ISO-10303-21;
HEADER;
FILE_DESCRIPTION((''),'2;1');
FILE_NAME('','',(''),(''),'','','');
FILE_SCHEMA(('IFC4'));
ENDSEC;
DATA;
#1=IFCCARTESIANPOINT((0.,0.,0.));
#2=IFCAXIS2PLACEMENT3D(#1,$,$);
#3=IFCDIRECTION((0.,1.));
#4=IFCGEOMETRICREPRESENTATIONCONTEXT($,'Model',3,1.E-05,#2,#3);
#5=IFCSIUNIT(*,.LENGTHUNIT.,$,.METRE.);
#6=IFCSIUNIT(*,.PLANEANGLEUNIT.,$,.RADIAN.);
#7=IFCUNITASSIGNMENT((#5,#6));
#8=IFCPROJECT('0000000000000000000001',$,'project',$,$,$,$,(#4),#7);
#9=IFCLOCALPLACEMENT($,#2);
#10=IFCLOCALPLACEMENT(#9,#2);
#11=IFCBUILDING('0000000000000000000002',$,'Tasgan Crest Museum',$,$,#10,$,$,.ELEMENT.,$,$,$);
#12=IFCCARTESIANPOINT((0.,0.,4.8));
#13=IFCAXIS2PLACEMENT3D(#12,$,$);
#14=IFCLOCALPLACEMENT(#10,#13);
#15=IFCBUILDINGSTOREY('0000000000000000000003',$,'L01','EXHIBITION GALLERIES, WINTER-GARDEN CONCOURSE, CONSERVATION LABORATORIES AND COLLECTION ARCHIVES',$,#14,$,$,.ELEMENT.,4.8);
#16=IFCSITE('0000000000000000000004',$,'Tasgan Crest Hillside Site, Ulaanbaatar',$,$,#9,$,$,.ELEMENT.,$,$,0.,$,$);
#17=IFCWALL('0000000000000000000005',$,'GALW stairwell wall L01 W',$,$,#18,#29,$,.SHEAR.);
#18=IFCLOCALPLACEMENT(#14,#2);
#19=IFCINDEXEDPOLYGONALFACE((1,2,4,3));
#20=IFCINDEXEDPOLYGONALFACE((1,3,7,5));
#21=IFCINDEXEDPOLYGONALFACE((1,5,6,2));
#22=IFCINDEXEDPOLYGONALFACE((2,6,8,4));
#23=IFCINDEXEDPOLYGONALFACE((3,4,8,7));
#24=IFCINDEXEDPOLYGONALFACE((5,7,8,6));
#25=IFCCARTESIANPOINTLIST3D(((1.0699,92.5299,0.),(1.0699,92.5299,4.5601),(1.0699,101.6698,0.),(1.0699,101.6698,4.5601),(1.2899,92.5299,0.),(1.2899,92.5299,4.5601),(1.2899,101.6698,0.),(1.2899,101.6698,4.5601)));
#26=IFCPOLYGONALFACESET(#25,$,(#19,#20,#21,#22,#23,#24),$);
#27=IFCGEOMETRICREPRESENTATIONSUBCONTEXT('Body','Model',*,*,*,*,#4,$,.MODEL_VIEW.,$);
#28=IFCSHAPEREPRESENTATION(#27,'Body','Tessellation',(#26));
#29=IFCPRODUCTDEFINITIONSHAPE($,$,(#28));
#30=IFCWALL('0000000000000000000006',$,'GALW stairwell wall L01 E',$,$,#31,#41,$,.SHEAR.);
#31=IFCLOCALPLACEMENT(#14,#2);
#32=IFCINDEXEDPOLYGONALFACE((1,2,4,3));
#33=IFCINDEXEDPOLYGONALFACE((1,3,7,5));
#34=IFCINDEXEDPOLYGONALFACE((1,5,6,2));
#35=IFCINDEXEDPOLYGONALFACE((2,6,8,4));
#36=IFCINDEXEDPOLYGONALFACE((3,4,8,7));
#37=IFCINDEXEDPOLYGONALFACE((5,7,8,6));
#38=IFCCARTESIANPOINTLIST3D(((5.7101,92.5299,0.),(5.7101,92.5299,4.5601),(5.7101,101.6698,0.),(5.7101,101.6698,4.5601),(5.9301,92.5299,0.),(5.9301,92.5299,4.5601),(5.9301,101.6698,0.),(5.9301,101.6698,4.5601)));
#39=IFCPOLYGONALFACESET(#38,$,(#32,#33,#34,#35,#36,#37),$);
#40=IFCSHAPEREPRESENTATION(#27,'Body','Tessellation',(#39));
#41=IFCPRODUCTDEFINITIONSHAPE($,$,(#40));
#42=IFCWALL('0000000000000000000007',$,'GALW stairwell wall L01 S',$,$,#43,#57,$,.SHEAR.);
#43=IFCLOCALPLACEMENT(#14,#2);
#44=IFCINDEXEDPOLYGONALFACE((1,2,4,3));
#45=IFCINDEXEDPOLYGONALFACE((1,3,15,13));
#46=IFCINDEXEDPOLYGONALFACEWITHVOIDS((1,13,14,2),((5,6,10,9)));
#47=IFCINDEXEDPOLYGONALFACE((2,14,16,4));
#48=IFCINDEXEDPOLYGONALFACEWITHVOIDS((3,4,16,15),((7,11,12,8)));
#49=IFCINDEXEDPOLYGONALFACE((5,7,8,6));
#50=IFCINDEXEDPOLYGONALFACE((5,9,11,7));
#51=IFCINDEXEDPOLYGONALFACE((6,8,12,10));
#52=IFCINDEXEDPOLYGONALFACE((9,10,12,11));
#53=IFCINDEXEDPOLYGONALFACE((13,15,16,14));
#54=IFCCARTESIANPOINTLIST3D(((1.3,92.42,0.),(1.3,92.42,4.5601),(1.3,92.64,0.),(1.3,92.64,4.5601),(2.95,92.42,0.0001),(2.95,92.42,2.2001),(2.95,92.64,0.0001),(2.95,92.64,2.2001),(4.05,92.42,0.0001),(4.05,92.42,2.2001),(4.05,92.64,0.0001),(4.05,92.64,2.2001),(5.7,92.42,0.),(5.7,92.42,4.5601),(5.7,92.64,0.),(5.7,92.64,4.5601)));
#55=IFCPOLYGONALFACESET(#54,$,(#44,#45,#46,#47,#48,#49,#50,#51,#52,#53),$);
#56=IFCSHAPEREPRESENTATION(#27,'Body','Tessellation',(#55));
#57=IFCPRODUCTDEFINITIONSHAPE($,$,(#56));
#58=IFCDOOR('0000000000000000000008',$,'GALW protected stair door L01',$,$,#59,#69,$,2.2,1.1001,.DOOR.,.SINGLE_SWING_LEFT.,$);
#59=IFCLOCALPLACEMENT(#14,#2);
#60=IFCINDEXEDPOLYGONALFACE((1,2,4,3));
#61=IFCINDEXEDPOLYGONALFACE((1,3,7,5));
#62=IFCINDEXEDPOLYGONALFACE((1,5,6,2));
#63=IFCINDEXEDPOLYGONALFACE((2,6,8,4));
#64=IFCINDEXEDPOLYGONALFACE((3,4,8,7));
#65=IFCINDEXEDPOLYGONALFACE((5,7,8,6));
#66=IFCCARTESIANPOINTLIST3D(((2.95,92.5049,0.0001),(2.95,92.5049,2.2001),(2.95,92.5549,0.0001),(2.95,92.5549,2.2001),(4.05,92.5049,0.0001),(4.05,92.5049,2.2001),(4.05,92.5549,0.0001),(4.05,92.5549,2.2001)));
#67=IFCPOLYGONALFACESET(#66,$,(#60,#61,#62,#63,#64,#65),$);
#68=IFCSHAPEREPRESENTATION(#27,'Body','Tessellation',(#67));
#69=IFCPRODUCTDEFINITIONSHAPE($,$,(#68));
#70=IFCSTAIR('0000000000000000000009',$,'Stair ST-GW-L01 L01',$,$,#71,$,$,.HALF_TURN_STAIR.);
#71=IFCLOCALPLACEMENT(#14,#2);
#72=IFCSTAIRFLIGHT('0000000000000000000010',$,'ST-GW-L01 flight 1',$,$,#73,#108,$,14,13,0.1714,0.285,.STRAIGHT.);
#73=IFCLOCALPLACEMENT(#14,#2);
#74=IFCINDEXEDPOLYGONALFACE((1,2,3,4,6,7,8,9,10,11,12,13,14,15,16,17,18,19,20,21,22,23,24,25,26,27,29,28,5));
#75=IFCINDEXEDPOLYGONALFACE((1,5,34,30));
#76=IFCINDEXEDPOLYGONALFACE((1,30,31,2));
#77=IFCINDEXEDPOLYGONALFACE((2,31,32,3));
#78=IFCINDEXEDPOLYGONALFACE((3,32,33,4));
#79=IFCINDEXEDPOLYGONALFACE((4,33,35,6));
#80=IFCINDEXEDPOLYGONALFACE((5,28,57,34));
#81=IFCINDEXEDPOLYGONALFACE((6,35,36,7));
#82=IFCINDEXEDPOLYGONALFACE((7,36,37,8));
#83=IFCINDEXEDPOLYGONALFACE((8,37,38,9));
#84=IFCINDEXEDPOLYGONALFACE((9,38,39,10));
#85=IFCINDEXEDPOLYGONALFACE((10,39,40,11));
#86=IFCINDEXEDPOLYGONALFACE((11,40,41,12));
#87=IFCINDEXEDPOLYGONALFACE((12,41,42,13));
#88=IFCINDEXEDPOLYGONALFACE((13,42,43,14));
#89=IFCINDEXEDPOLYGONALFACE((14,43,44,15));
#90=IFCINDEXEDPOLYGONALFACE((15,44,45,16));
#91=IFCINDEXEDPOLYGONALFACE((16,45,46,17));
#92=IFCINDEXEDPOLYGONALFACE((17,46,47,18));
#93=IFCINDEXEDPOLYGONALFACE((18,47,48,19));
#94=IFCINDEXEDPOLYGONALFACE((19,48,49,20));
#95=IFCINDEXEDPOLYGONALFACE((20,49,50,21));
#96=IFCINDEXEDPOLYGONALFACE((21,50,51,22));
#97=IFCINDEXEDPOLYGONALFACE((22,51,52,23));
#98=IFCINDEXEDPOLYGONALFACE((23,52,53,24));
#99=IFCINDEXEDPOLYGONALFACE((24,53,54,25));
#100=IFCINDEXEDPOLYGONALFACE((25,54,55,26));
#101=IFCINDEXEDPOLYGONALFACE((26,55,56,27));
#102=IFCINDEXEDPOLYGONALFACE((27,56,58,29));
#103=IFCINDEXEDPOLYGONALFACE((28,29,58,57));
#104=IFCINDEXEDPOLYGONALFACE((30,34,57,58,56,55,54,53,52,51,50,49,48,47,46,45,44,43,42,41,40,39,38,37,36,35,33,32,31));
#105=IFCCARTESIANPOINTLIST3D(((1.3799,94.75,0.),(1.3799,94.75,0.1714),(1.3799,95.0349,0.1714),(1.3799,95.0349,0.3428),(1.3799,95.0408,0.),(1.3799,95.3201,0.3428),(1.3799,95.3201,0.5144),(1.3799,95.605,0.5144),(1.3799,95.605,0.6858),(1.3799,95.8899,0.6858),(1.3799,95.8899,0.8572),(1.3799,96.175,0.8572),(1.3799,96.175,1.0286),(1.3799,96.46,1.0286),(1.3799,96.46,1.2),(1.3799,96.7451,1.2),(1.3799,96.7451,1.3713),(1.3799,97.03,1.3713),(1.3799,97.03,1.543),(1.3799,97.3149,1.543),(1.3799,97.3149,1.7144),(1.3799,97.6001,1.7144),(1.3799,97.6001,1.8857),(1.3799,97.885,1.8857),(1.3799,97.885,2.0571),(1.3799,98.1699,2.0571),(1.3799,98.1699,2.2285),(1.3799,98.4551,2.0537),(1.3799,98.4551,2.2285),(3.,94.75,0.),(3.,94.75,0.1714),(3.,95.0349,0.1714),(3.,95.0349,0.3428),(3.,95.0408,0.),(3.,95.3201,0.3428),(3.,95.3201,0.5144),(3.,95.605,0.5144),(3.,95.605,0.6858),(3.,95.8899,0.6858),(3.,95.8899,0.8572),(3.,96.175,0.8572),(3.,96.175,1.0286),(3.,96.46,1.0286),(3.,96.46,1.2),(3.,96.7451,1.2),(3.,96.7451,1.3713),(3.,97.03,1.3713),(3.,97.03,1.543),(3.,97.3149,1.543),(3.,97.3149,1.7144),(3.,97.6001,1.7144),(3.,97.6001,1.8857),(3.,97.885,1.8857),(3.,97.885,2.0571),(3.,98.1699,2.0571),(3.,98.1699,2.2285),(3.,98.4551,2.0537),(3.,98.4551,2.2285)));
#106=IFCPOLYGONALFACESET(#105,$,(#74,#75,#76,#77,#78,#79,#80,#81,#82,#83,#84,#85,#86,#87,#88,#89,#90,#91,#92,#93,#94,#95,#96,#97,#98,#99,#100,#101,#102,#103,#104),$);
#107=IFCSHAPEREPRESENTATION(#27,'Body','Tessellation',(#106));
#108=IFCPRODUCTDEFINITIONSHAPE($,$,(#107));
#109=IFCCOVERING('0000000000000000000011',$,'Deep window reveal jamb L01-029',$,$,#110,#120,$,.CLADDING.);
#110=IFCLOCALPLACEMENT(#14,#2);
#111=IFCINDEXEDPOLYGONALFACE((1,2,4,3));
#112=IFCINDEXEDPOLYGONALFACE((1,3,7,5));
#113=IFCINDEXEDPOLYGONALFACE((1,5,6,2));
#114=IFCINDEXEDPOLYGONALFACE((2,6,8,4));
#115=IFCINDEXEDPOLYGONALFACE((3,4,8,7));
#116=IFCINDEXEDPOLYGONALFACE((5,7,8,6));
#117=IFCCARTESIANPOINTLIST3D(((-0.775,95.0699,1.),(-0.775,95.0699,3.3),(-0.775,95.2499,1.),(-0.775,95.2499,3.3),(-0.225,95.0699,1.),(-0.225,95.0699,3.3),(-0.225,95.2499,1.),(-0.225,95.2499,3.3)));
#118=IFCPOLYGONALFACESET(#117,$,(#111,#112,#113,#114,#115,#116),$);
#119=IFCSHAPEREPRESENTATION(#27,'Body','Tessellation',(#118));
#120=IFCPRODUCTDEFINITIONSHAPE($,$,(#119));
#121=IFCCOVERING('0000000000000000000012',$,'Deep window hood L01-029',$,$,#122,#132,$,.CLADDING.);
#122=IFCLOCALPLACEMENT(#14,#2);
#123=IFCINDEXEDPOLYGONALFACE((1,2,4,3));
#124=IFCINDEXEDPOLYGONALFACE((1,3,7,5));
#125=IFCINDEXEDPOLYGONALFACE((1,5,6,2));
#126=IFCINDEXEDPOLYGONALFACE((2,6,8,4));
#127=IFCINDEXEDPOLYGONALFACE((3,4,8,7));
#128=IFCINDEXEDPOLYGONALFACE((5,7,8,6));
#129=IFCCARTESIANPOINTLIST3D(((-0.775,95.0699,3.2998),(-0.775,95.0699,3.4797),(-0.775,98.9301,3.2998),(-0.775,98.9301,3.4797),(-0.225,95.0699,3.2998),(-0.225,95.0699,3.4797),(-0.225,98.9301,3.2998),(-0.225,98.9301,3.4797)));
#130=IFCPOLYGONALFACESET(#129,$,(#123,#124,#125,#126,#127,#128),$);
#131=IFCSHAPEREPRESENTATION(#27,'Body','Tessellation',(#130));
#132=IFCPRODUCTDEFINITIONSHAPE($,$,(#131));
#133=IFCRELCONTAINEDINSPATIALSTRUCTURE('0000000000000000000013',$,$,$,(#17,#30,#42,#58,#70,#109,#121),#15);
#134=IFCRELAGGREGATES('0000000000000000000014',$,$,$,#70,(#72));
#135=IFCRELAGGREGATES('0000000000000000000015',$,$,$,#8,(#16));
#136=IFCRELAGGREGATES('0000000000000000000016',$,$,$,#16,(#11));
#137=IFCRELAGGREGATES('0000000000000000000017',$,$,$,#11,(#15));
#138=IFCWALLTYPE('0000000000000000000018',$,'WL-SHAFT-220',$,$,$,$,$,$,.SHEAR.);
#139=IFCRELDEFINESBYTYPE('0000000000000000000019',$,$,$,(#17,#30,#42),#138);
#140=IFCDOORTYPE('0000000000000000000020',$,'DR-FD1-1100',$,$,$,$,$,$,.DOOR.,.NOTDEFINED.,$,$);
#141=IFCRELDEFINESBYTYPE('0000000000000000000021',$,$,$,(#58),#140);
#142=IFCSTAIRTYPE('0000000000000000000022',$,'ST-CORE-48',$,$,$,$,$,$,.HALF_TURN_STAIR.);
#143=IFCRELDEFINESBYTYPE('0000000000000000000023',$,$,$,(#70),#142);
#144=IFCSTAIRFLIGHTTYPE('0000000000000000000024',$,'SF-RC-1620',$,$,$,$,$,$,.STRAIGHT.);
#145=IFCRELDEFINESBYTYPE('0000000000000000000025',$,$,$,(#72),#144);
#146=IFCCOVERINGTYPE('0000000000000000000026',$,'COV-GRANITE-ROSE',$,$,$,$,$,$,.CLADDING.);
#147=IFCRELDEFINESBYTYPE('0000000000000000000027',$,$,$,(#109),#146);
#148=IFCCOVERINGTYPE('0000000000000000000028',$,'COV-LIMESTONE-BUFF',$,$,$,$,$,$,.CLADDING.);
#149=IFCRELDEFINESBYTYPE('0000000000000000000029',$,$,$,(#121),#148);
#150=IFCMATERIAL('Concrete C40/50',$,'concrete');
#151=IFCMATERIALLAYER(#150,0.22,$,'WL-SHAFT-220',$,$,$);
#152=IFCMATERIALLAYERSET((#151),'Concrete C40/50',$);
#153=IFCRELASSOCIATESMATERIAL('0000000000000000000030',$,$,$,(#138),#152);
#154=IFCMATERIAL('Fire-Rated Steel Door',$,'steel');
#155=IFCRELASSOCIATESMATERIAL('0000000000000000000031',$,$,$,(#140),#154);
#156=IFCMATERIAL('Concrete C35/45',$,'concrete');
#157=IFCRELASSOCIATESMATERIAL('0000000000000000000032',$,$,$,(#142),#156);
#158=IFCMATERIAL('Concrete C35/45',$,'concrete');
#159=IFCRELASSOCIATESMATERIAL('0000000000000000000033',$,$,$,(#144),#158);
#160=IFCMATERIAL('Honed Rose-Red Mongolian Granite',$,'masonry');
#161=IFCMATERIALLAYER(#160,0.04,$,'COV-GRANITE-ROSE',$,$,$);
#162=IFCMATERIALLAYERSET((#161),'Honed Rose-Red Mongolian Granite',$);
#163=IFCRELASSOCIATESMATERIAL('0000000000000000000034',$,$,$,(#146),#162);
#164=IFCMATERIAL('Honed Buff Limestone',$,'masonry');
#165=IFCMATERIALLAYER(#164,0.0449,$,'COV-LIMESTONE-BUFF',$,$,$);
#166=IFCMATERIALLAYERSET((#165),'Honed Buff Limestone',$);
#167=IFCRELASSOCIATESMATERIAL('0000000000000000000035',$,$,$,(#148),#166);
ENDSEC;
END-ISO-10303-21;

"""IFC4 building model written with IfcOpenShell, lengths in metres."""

from ifc_helpers import new_model, si_unit, direction, frame, frame_2d, origin, origin_2d, place, context, subcontext, project, spatial, polyline, rectangle, outline, extrude, material, layer, layer_set, type_object, element, fill, aggregate, save


model = new_model("IFC4")

# Units and contexts
model_context = context("Model", 3, precision=1e-05, world=origin(), true_north=direction((0.0, 1.0)))
body_context = subcontext(model_context, "Body", "Model", "MODEL_VIEW")
ifc_project = project(units=[si_unit("LENGTHUNIT", "METRE"), si_unit("PLANEANGLEUNIT", "RADIAN")], contexts=[model_context])

# Site, building, storey
site_placement = place(None, origin())
site = spatial("IfcSite", under=ifc_project, at=site_placement, Name="Tasgan Crest Hillside Site, Ulaanbaatar", CompositionType="ELEMENT", RefElevation=0.0)
building_placement = place(site_placement, origin())
building = spatial("IfcBuilding", under=site, at=building_placement, Name="Tasgan Crest Museum", CompositionType="ELEMENT")
storey_placement = place(building_placement, frame((0.0, 0.0, 4.8)))
storey = spatial("IfcBuildingStorey", under=building, at=storey_placement, Name="L01", Description="EXHIBITION GALLERIES, WINTER-GARDEN CONCOURSE, CONSERVATION LABORATORIES AND COLLECTION ARCHIVES", CompositionType="ELEMENT", Elevation=4.8)

# Walls
ifc_material_1 = material(Name="Concrete C40/50", Category="concrete")
ifc_layer_1 = layer(ifc_material_1, 0.22, Name="WL-SHAFT-220")
ifc_layer_set_1 = layer_set([ifc_layer_1], Name="Concrete C40/50")
wall_type_1 = type_object("IfcWallType", Name="WL-SHAFT-220", PredefinedType="SHEAR", material=ifc_layer_set_1)
for number, where, z_axis, x_axis, name in (
    (1, (1.1799, 92.53, 0.0), (0.0, 0.0, 1.0), (0.0, 1.0, 0.0), "GALW stairwell wall L01 W"),
    (2, (5.8201, 92.53, 0.0), (0.0, 0.0, 1.0), (0.0, 1.0, 0.0), "GALW stairwell wall L01 E"),
):
    element("IfcWall", number, at=place(storey_placement, frame(where, z_axis=z_axis, x_axis=x_axis)), inside=storey, type_object=wall_type_1, Name=name, PredefinedType="SHEAR", context=body_context, shape_type="SweptSolid", body=[
        extrude(rectangle(XDim=9.1399, YDim=0.22, at=frame_2d((4.5698, 0.0))), origin(), (0.0, 0.0, 1.0), 4.5601),
    ])

# Wall, opening, door
wall_1_placement = place(storey_placement, frame((1.3, 92.53, 0.0), z_axis=(0.0, 0.0, 1.0), x_axis=(1.0, 0.0, 0.0)))
wall_1 = element("IfcWall", 3, at=wall_1_placement, inside=storey, type_object=wall_type_1, Name="GALW stairwell wall L01 S", PredefinedType="SHEAR", context=body_context, shape_type="SweptSolid", body=[
    extrude(rectangle(XDim=4.3999, YDim=0.22, at=frame_2d((2.2, 0.0))), origin(), (0.0, 0.0, 1.0), 4.5601),
])
opening_1_placement = place(wall_1_placement, frame((1.6499, 0.0, 0.0)))
opening_1 = element("IfcOpeningElement", 4, at=opening_1_placement, cuts=wall_1, PredefinedType="OPENING", context=body_context, shape_type="SweptSolid", body=[
    extrude(rectangle(XDim=1.1001, YDim=2.2, at=frame_2d((0.55, 1.1001))), frame((0.0, 0.1199, 0.0), z_axis=(0.0, -1.0, 0.0), x_axis=(1.0, 0.0, 0.0)), (0.0, 0.0, 1.0), 0.24),
])
ifc_material_2 = material(Name="Fire-Rated Steel Door", Category="steel")
door_type_1 = type_object("IfcDoorType", Name="DR-FD1-1100", OperationType="NOTDEFINED", PredefinedType="DOOR", material=ifc_material_2)
door_1_placement = place(opening_1_placement, origin())
door_1 = element("IfcDoor", 5, at=door_1_placement, inside=storey, type_object=door_type_1, Name="GALW protected stair door L01", OperationType="SINGLE_SWING_LEFT", OverallHeight=2.2, OverallWidth=1.1001, PredefinedType="DOOR", context=body_context, shape_type="SweptSolid", body=[
    extrude(rectangle(XDim=1.1001, YDim=2.2, at=frame_2d((0.55, 1.1001))), frame((0.0, 0.0249, 0.0), z_axis=(0.0, -1.0, 0.0), x_axis=(1.0, 0.0, 0.0)), (0.0, 0.0, 1.0), 0.05),
])
fill(opening_1, door_1)

# Stair, stair flight
ifc_material_3 = material(Name="Concrete C35/45", Category="concrete")
stair_type = type_object("IfcStairType", Name="ST-CORE-48", PredefinedType="HALF_TURN_STAIR", material=ifc_material_3)
stair_placement = place(storey_placement, origin())
stair = element("IfcStair", 6, at=stair_placement, inside=storey, type_object=stair_type, Name="Stair ST-GW-L01 L01", PredefinedType="HALF_TURN_STAIR")
ifc_material_4 = material(Name="Concrete C35/45", Category="concrete")
stair_flight_type = type_object("IfcStairFlightType", Name="SF-RC-1620", PredefinedType="STRAIGHT", material=ifc_material_4)
stair_flight_placement = place(storey_placement, frame((2.1899, 94.75, 0.0), z_axis=(0.0, 0.0, 1.0), x_axis=(0.0, 1.0, 0.0)))
stair_flight = element("IfcStairFlight", 7, at=stair_flight_placement, type_object=stair_flight_type, Name="ST-GW-L01 flight 1", NumberOfRisers=14, NumberOfTreads=13, PredefinedType="STRAIGHT", RiserHeight=0.1714, TreadLength=0.285, context=body_context, shape_type="SweptSolid", body=[
    extrude(outline(polyline([(0.0, 0.0), (0.0, 0.1714), (0.2849, 0.1714), (0.2849, 0.3428), (0.5701, 0.3428), (0.5701, 0.5144), (0.855, 0.5144), (0.855, 0.6858), (1.1399, 0.6858), (1.1399, 0.8572), (1.425, 0.8572), (1.425, 1.0286), (1.71, 1.0286), (1.71, 1.2), (1.9951, 1.2), (1.9951, 1.3713), (2.28, 1.3713), (2.28, 1.543), (2.5649, 1.543), (2.5649, 1.7144), (2.8501, 1.7144), (2.8501, 1.8857), (3.135, 1.8857), (3.135, 2.0571), (3.4199, 2.0571), (3.4199, 2.2285), (3.7051, 2.2285), (3.7051, 2.3999), (3.7051, 2.0537), (0.2908, 0.0), (0.0, 0.0)])), frame((0.0, 0.8101, 0.0), z_axis=(0.0, -1.0, 0.0), x_axis=(1.0, 0.0, 0.0)), (0.0, 0.0, 1.0), 1.6201),
])
aggregate(stair, [stair_flight])

# Coverings
ifc_material_5 = material(Name="Honed Rose-Red Mongolian Granite", Category="masonry")
ifc_layer_2 = layer(ifc_material_5, 0.04, Name="COV-GRANITE-ROSE")
ifc_layer_set_2 = layer_set([ifc_layer_2], Name="Honed Rose-Red Mongolian Granite")
covering_type_1 = type_object("IfcCoveringType", Name="COV-GRANITE-ROSE", PredefinedType="CLADDING", material=ifc_layer_set_2)
covering_1_placement = place(storey_placement, frame((-0.5, 95.1599, 1.0), z_axis=(0.0, 0.0, 1.0), x_axis=(0.0, -1.0, 0.0)))
element("IfcCovering", 8, at=covering_1_placement, inside=storey, type_object=covering_type_1, Name="Deep window reveal jamb L01-029", PredefinedType="CLADDING", context=body_context, shape_type="SweptSolid", body=[
    extrude(rectangle(XDim=0.1799, YDim=0.55, at=origin_2d()), origin(), (0.0, 0.0, 1.0), 2.3),
])
ifc_material_6 = material(Name="Honed Buff Limestone", Category="masonry")
ifc_layer_3 = layer(ifc_material_6, 0.0449, Name="COV-LIMESTONE-BUFF")
ifc_layer_set_3 = layer_set([ifc_layer_3], Name="Honed Buff Limestone")
covering_type_2 = type_object("IfcCoveringType", Name="COV-LIMESTONE-BUFF", PredefinedType="CLADDING", material=ifc_layer_set_3)
covering_2_placement = place(storey_placement, frame((-0.5, 97.0, 3.2998), z_axis=(0.0, 0.0, 1.0), x_axis=(0.0, -1.0, 0.0)))
element("IfcCovering", 9, at=covering_2_placement, inside=storey, type_object=covering_type_2, Name="Deep window hood L01-029", PredefinedType="CLADDING", context=body_context, shape_type="SweptSolid", body=[
    extrude(rectangle(XDim=3.8601, YDim=0.55, at=origin_2d()), origin(), (0.0, 0.0, 1.0), 0.1799),
])

save(model, "model.ifc")
